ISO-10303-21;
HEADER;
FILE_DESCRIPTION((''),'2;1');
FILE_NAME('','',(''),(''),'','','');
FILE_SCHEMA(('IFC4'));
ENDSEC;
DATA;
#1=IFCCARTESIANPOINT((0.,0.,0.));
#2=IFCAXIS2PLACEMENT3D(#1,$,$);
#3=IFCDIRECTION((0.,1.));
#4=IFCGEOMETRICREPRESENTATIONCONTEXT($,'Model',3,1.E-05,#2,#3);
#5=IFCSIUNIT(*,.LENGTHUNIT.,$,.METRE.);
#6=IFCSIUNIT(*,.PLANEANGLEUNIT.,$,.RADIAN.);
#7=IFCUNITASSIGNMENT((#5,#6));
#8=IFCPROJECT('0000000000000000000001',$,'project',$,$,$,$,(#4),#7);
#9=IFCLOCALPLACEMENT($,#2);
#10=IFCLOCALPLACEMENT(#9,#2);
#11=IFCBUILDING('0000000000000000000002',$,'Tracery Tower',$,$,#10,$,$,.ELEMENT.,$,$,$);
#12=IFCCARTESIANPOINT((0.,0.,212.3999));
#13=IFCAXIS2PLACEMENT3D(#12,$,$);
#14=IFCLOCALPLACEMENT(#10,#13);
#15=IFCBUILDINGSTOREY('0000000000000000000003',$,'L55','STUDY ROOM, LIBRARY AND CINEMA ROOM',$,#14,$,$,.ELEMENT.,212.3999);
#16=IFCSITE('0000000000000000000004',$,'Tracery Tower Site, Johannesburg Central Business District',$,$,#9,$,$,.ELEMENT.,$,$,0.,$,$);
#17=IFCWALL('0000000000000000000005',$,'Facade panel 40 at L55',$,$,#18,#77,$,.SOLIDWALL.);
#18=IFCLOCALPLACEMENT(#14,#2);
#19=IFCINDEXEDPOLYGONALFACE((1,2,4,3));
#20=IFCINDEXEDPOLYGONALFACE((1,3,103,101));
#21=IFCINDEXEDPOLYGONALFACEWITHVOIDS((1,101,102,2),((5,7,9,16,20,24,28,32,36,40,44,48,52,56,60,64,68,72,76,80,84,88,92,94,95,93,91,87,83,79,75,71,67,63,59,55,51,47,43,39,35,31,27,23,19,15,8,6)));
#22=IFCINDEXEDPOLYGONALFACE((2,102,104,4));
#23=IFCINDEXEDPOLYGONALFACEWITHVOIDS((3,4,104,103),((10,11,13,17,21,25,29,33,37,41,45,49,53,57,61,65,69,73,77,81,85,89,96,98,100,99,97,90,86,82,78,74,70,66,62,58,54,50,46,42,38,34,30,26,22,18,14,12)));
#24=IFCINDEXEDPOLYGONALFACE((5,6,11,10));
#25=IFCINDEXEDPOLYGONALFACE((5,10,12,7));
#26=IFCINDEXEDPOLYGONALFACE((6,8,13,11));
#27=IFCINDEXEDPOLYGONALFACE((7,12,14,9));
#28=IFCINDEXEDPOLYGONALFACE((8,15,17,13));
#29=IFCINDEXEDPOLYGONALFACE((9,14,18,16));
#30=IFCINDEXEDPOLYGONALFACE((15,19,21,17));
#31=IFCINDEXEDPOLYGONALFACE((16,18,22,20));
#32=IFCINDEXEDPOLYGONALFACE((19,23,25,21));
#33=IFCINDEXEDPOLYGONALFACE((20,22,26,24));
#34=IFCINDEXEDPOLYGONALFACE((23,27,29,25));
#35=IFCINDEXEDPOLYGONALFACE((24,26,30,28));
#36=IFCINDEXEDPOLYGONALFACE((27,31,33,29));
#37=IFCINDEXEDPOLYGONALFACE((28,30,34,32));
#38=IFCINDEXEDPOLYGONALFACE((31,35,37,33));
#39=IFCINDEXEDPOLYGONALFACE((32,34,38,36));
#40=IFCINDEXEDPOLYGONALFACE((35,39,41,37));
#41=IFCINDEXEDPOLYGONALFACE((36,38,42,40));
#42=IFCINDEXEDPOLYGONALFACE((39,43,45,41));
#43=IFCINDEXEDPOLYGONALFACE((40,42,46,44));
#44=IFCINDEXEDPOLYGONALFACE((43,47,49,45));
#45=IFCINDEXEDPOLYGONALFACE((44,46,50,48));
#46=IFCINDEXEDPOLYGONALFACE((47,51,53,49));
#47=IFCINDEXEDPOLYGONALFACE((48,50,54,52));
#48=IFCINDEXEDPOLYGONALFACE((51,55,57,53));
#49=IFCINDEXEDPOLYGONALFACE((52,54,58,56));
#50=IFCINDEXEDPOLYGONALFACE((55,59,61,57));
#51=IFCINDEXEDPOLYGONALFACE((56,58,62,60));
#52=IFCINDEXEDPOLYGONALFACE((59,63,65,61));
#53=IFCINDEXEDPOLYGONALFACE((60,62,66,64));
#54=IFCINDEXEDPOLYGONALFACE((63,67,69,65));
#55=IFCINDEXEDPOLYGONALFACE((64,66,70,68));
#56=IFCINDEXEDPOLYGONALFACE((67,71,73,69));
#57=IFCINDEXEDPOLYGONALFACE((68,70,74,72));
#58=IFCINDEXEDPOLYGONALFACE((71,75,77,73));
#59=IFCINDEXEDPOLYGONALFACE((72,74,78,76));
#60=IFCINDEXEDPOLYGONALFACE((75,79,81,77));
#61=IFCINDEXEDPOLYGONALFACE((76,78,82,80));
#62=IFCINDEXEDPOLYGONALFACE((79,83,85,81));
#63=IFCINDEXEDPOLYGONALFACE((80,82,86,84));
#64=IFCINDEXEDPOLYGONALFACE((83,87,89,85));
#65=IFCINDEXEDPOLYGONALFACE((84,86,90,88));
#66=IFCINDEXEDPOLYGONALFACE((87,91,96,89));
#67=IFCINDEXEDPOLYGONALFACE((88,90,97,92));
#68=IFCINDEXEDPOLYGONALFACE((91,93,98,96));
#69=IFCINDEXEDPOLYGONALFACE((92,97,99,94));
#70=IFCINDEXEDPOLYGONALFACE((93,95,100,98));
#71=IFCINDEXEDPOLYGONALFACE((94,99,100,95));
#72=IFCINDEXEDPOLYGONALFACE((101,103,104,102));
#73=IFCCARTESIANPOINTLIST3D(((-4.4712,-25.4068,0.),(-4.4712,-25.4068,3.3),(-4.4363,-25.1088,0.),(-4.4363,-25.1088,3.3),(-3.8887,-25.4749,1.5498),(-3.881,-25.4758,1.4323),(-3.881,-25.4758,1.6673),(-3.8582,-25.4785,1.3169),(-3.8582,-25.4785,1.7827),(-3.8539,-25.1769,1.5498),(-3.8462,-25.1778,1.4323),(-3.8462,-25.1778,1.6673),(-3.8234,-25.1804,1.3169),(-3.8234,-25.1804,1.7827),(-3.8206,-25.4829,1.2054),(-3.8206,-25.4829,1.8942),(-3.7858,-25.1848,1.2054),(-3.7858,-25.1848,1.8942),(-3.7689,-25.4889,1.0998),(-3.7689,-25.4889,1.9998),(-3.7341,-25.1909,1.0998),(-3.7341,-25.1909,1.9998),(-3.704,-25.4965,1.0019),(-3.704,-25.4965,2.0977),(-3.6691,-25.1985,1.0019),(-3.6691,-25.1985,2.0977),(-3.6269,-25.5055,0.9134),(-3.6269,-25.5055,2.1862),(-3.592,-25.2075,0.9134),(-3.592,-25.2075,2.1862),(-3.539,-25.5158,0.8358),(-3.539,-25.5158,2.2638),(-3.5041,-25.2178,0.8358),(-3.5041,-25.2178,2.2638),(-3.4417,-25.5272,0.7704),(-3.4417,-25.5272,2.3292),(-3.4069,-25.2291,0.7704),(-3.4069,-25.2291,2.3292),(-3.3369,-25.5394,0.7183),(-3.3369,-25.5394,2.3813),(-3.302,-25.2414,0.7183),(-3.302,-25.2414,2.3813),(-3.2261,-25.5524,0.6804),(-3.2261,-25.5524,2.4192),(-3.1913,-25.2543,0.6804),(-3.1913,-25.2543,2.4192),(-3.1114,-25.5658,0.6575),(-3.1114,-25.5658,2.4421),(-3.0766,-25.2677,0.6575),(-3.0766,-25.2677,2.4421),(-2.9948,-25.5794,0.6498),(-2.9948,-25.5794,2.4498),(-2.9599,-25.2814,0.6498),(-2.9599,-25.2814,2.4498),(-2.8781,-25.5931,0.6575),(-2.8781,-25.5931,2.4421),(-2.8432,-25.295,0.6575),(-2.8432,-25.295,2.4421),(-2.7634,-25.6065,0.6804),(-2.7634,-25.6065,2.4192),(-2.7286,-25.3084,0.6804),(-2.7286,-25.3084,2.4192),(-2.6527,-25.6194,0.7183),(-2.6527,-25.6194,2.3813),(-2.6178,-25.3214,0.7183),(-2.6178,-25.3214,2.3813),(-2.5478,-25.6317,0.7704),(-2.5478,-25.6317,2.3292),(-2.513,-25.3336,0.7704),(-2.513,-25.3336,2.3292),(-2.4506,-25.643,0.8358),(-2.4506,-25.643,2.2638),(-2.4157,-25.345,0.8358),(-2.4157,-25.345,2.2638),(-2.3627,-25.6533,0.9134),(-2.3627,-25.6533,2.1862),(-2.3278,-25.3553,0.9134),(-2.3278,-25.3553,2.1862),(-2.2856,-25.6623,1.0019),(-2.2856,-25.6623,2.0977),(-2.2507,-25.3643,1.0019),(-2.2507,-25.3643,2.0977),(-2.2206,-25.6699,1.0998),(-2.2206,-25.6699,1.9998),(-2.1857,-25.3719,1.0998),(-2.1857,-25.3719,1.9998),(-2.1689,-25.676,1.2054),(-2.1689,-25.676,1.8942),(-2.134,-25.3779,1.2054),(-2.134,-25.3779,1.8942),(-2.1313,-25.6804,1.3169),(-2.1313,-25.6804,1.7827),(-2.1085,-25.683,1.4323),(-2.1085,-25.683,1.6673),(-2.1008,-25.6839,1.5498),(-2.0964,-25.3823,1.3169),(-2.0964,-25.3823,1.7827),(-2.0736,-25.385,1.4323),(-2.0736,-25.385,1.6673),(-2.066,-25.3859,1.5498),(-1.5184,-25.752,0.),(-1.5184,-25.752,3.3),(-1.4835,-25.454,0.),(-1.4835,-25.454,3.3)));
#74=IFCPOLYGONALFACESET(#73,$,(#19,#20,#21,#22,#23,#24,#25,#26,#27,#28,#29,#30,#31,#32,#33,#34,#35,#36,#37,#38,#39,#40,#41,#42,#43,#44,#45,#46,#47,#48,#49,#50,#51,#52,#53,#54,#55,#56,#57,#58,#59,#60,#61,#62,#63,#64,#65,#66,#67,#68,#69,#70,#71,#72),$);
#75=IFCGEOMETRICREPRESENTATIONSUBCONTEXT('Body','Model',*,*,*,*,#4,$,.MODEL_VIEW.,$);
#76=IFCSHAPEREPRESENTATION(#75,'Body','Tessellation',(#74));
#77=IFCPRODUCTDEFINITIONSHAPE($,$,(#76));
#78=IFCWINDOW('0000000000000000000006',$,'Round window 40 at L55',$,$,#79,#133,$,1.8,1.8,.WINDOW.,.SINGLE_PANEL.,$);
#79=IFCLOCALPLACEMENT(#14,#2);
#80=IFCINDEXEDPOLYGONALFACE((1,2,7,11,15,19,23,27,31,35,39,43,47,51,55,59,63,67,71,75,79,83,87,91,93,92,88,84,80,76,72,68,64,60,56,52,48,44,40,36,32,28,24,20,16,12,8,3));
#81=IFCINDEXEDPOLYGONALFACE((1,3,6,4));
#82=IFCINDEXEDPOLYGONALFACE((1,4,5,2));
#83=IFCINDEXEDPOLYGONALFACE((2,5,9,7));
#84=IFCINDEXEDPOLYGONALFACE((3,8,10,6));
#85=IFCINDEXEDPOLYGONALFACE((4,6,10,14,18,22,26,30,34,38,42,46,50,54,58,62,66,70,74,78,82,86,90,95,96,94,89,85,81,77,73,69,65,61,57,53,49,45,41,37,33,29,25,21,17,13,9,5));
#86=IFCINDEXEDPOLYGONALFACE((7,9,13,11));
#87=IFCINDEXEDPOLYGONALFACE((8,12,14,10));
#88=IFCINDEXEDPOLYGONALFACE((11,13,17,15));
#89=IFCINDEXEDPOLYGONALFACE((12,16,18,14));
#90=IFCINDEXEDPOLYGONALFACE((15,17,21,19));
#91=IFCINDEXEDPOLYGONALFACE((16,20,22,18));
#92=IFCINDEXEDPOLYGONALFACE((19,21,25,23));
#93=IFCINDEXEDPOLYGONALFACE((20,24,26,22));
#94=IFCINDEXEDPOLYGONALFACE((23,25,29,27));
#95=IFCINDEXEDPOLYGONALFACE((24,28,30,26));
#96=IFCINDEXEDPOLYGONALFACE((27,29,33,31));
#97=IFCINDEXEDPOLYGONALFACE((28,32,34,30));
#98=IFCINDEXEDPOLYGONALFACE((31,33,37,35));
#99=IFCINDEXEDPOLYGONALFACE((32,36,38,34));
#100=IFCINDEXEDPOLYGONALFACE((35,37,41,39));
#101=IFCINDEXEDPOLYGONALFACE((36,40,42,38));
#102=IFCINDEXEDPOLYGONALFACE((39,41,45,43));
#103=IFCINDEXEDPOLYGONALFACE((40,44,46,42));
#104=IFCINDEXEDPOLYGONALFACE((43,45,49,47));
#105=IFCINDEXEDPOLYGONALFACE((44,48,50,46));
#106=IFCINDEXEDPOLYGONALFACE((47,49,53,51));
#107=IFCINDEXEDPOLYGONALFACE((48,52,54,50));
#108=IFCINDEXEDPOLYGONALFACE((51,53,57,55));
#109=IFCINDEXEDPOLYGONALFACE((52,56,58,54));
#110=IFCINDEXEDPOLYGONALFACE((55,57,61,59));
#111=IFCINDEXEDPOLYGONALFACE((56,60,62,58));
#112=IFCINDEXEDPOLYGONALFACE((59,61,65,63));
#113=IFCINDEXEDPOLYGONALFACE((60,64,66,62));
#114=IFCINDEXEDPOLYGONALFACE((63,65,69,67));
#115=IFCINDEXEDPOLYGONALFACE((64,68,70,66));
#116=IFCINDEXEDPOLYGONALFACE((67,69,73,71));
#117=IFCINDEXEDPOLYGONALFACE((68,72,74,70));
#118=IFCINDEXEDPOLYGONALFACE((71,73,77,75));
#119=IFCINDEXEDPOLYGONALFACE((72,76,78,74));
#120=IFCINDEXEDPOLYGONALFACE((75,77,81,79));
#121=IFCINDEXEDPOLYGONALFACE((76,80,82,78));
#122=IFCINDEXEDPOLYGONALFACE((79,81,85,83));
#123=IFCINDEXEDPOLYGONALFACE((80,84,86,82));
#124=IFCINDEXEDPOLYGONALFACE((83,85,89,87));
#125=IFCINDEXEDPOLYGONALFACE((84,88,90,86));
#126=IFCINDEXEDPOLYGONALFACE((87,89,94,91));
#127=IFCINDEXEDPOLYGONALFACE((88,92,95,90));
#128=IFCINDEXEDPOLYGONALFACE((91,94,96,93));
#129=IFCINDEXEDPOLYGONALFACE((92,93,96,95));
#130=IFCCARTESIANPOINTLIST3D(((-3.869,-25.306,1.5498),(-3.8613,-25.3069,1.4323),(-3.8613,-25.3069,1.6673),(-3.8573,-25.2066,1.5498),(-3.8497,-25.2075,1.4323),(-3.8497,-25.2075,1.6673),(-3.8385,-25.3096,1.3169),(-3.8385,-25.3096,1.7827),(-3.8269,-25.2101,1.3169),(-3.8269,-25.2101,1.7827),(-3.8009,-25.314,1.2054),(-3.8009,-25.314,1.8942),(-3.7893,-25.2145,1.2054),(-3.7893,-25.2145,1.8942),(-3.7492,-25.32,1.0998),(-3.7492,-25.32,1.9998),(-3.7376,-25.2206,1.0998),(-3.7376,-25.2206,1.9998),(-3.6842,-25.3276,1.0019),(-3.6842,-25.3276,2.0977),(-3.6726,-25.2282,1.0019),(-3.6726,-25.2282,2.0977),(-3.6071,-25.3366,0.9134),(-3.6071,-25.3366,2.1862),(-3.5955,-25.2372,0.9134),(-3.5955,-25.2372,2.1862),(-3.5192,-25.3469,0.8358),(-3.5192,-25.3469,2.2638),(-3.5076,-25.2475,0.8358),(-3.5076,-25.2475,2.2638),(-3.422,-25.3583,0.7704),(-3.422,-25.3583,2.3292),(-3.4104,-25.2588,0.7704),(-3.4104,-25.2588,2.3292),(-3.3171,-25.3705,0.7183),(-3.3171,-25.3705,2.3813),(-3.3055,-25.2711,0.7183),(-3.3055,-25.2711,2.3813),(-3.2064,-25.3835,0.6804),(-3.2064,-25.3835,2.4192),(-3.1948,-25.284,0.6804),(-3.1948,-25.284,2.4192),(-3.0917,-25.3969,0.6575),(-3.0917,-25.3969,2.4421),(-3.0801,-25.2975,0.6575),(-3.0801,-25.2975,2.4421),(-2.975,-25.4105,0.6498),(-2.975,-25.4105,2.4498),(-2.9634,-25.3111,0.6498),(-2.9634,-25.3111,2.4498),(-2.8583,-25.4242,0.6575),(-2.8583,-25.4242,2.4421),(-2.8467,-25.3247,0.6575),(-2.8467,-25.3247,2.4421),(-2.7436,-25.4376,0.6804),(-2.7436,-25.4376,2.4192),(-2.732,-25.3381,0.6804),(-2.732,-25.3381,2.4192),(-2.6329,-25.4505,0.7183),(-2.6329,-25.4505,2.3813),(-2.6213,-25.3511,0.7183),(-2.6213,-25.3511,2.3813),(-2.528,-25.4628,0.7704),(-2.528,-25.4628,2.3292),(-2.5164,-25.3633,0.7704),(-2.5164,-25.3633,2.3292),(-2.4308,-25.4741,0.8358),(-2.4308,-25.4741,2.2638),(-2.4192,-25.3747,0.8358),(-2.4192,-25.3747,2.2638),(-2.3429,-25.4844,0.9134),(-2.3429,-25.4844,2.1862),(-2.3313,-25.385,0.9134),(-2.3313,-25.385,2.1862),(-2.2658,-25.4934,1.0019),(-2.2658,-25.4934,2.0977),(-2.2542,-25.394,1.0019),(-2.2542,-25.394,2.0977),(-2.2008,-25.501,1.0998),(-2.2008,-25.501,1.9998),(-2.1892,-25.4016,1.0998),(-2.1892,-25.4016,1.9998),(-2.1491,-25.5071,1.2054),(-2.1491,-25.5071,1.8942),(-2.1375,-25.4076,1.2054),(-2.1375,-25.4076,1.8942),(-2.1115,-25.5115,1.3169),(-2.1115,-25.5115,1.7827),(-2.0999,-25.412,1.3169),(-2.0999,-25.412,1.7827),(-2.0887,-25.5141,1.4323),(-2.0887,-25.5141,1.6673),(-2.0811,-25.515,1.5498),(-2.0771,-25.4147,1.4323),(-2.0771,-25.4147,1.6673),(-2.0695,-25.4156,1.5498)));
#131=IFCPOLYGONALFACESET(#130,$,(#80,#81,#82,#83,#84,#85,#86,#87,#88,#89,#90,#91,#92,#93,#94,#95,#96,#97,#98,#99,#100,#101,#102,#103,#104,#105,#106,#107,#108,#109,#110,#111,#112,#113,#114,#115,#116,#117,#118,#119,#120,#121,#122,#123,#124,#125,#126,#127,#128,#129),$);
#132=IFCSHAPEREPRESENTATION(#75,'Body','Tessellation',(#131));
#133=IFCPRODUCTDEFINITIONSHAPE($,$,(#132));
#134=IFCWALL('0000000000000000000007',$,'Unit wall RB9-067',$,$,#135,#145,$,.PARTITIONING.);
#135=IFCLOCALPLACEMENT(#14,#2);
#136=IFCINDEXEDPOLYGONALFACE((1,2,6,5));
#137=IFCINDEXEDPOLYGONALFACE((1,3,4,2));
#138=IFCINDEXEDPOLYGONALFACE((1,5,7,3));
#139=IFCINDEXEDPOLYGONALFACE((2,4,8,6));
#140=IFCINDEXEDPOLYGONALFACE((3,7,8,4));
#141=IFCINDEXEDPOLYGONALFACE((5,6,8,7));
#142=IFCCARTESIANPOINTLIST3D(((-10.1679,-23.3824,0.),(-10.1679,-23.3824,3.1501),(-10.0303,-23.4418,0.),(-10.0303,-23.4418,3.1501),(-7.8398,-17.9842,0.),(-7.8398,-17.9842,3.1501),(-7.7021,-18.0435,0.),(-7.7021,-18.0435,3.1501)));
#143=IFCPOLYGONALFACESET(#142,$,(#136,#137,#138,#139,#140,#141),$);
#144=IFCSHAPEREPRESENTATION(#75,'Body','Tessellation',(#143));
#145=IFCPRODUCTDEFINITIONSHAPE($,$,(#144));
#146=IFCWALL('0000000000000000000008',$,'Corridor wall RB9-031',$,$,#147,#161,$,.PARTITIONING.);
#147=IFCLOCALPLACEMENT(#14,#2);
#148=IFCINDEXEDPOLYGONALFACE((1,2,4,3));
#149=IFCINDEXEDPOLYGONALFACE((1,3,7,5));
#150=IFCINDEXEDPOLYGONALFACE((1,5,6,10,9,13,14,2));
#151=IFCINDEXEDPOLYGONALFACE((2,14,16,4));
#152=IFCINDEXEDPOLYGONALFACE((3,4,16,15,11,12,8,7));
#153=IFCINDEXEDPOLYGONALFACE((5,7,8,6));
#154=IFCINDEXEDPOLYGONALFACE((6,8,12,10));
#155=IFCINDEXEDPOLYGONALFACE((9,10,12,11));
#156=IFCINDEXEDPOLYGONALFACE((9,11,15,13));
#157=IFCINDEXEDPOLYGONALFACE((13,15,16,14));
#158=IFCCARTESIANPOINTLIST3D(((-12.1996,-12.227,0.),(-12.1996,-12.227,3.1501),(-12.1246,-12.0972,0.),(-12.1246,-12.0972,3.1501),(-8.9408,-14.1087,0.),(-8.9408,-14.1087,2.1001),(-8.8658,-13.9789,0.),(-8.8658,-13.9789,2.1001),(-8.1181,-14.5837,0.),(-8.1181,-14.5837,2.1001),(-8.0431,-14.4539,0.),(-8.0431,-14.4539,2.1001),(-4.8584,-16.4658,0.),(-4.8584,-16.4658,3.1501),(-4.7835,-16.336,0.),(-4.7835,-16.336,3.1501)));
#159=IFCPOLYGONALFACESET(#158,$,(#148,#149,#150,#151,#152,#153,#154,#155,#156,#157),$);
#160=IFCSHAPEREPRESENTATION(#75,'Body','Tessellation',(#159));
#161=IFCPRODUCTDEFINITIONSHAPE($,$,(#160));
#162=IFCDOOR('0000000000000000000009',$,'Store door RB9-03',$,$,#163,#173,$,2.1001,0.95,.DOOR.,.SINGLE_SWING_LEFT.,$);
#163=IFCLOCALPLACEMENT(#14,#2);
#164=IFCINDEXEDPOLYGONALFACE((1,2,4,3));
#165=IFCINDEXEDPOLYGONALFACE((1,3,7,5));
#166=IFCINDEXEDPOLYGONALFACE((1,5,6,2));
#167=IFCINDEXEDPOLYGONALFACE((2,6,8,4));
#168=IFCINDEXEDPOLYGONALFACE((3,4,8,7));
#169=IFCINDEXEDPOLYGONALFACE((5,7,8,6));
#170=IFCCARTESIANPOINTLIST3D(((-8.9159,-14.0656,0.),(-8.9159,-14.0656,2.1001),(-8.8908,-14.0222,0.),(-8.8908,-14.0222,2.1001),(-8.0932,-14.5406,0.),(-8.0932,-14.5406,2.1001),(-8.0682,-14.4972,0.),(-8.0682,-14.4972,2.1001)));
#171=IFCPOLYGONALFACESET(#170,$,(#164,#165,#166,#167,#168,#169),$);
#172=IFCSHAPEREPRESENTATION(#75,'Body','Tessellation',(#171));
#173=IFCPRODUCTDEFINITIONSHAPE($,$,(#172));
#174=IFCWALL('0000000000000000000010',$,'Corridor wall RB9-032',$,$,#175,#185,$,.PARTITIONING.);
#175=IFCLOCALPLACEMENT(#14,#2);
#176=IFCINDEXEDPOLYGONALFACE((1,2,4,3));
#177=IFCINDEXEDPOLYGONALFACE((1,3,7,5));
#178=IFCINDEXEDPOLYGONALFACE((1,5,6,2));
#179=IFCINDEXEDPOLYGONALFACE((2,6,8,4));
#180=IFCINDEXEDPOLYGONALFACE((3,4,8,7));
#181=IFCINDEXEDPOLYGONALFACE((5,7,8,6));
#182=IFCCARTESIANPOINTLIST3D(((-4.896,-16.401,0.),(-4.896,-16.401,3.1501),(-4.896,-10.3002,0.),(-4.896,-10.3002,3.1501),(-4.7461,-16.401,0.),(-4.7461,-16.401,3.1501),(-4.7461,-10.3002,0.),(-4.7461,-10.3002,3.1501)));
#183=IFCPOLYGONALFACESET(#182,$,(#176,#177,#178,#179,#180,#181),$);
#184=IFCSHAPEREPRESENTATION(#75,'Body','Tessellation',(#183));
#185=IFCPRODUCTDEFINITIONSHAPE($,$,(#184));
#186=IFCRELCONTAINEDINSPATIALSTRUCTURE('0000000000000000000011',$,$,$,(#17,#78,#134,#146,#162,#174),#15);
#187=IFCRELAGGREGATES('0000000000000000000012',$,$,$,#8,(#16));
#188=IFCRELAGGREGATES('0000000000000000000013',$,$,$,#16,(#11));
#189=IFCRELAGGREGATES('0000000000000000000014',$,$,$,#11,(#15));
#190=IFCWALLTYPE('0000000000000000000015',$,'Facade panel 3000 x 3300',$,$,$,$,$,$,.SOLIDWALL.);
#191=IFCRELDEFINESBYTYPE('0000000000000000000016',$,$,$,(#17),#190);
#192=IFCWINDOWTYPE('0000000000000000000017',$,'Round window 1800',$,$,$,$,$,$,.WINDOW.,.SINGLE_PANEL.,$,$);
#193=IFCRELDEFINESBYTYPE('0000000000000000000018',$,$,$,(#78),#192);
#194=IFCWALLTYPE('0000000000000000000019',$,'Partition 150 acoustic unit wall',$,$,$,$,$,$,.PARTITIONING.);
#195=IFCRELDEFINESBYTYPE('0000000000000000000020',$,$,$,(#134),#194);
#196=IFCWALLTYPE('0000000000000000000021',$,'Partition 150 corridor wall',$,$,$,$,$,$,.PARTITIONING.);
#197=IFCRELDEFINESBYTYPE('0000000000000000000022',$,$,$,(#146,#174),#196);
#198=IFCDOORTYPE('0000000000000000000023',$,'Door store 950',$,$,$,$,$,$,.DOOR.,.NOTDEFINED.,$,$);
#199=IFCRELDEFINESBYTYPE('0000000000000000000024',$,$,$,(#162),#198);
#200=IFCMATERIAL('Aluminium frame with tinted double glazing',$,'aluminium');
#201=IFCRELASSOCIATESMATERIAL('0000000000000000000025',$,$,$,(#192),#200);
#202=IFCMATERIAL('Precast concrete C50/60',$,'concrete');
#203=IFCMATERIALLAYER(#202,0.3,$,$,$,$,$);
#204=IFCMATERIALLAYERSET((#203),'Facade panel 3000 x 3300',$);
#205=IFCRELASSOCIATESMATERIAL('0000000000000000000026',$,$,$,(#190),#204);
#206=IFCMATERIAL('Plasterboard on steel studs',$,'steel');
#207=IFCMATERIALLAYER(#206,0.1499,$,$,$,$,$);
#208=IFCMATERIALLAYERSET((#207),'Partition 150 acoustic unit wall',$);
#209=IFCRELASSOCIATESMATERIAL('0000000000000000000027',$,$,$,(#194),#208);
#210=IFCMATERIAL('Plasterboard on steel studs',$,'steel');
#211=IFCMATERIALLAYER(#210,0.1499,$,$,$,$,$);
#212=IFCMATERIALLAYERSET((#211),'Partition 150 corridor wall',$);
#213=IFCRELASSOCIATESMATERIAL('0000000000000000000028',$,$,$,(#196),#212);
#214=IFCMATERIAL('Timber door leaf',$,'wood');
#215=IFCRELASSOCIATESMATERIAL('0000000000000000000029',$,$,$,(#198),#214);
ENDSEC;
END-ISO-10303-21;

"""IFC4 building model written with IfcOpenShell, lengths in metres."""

from ifc_helpers import new_model, si_unit, direction, frame, frame_2d, origin, origin_2d, place, context, subcontext, project, spatial, rectangle, circle, extrude, material, layer, layer_set, type_object, element, fill, save


model = new_model("IFC4")

# Units and contexts
model_context = context("Model", 3, precision=1e-05, world=origin(), true_north=direction((0.0, 1.0)))
body_context = subcontext(model_context, "Body", "Model", "MODEL_VIEW")
ifc_project = project(units=[si_unit("LENGTHUNIT", "METRE"), si_unit("PLANEANGLEUNIT", "RADIAN")], contexts=[model_context])

# Site, building, storey
site_placement = place(None, origin())
site = spatial("IfcSite", under=ifc_project, at=site_placement, Name="Tracery Tower Site, Johannesburg Central Business District", CompositionType="ELEMENT", RefElevation=0.0)
building_placement = place(site_placement, origin())
building = spatial("IfcBuilding", under=site, at=building_placement, Name="Tracery Tower", CompositionType="ELEMENT")
storey_placement = place(building_placement, frame((0.0, 0.0, 212.3999)))
storey = spatial("IfcBuildingStorey", under=building, at=storey_placement, Name="L55", Description="STUDY ROOM, LIBRARY AND CINEMA ROOM", CompositionType="ELEMENT", Elevation=212.3999)

# Wall, opening, window
ifc_material_1 = material(Name="Aluminium frame with tinted double glazing", Category="aluminium")
window_type = type_object("IfcWindowType", Name="Round window 1800", PartitioningType="SINGLE_PANEL", PredefinedType="WINDOW", material=ifc_material_1)
ifc_material_2 = material(Name="Precast concrete C50/60", Category="concrete")
ifc_layer_1 = layer(ifc_material_2, 0.3)
ifc_layer_set_1 = layer_set([ifc_layer_1], Name="Facade panel 3000 x 3300")
wall_type_1 = type_object("IfcWallType", Name="Facade panel 3000 x 3300", PredefinedType="SOLIDWALL", material=ifc_layer_set_1)
wall_1_placement = place(storey_placement, frame((-4.4536, -25.2578, 0.0), z_axis=(0.0, 0.0, 1.0), x_axis=(0.993236, -0.116117, 0.0)))
wall_1 = element("IfcWall", 1, at=wall_1_placement, inside=storey, type_object=wall_type_1, Name="Facade panel 40 at L55", PredefinedType="SOLIDWALL", context=body_context, shape_type="SweptSolid", body=[
    extrude(rectangle(XDim=2.9729, YDim=0.3, at=frame_2d((1.4863, 0.0))), origin(), (0.0, 0.0, 1.0), 3.3),
])
opening_1_placement = place(wall_1_placement, frame((1.4863, 0.0, 1.5498)))
opening_1 = element("IfcOpeningElement", 2, at=opening_1_placement, cuts=wall_1, PredefinedType="OPENING", context=body_context, shape_type="SweptSolid", body=[
    extrude(circle(Radius=0.9, at=origin_2d()), frame((0.0, 0.1599, 0.0), z_axis=(0.0, -1.0, 0.0), x_axis=(1.0, 0.0, 0.0)), (0.0, 0.0, 1.0), 0.3201),
])
window_1_placement = place(opening_1_placement, origin())
window_1 = element("IfcWindow", 3, at=window_1_placement, inside=storey, type_object=window_type, Name="Round window 40 at L55", OverallHeight=1.8, OverallWidth=1.8, PartitioningType="SINGLE_PANEL", PredefinedType="WINDOW", context=body_context, shape_type="SweptSolid", body=[
    extrude(circle(Radius=0.9, at=origin_2d()), frame((0.0, 0.1201, 0.0), z_axis=(0.0, -1.0, 0.0), x_axis=(1.0, 0.0, 0.0)), (0.0, 0.0, 1.0), 0.1001),
])
fill(opening_1, window_1)

# Wall
ifc_material_3 = material(Name="Plasterboard on steel studs", Category="steel")
ifc_layer_2 = layer(ifc_material_3, 0.1499)
ifc_layer_set_2 = layer_set([ifc_layer_2], Name="Partition 150 acoustic unit wall")
wall_type_2 = type_object("IfcWallType", Name="Partition 150 acoustic unit wall", PredefinedType="PARTITIONING", material=ifc_layer_set_2)
wall_2_placement = place(storey_placement, frame((-10.0991, -23.4121, 0.0), z_axis=(0.0, 0.0, 1.0), x_axis=(0.396018, 0.918243, 0.0)))
element("IfcWall", 4, at=wall_2_placement, inside=storey, type_object=wall_type_2, Name="Unit wall RB9-067", PredefinedType="PARTITIONING", context=body_context, shape_type="SweptSolid", body=[
    extrude(rectangle(XDim=5.8789, YDim=0.1499, at=frame_2d((2.9395, 0.0))), origin(), (0.0, 0.0, 1.0), 3.1501),
])

# Wall, opening, door
ifc_material_4 = material(Name="Plasterboard on steel studs", Category="steel")
ifc_layer_3 = layer(ifc_material_4, 0.1499)
ifc_layer_set_3 = layer_set([ifc_layer_3], Name="Partition 150 corridor wall")
wall_type_3 = type_object("IfcWallType", Name="Partition 150 corridor wall", PredefinedType="PARTITIONING", material=ifc_layer_set_3)
wall_3_placement = place(storey_placement, frame((-12.1621, -12.1621, 0.0), z_axis=(0.0, 0.0, 1.0), x_axis=(0.866005, -0.500036, 0.0)))
wall_3 = element("IfcWall", 5, at=wall_3_placement, inside=storey, type_object=wall_type_3, Name="Corridor wall RB9-031", PredefinedType="PARTITIONING", context=body_context, shape_type="SweptSolid", body=[
    extrude(rectangle(XDim=8.4771, YDim=0.1499, at=frame_2d((4.2385, 0.0))), origin(), (0.0, 0.0, 1.0), 3.1501),
])
opening_2_placement = place(wall_3_placement, frame((3.7629, 0.0, 0.0)))
opening_2 = element("IfcOpeningElement", 6, at=opening_2_placement, cuts=wall_3, PredefinedType="OPENING", context=body_context, shape_type="SweptSolid", body=[
    extrude(rectangle(XDim=0.95, YDim=2.1001, at=frame_2d((0.4751, 1.05))), frame((0.0, 0.075, 0.0), z_axis=(0.0, -1.0, 0.0), x_axis=(1.0, 0.0, 0.0)), (0.0, 0.0, 1.0), 0.1499),
])
ifc_material_5 = material(Name="Timber door leaf", Category="wood")
door_type_1 = type_object("IfcDoorType", Name="Door store 950", OperationType="NOTDEFINED", PredefinedType="DOOR", material=ifc_material_5)
door_1_placement = place(opening_2_placement, origin())
door_1 = element("IfcDoor", 7, at=door_1_placement, inside=storey, type_object=door_type_1, Name="Store door RB9-03", OperationType="SINGLE_SWING_LEFT", OverallHeight=2.1001, OverallWidth=0.95, PredefinedType="DOOR", context=body_context, shape_type="SweptSolid", body=[
    extrude(rectangle(XDim=0.95, YDim=2.1001, at=frame_2d((0.4751, 1.05))), frame((0.0, 0.0249, 0.0), z_axis=(0.0, -1.0, 0.0), x_axis=(1.0, 0.0, 0.0)), (0.0, 0.0, 1.0), 0.05),
])
fill(opening_2, door_1)

# Wall
wall_4_placement = place(storey_placement, frame((-4.821, -16.4009, 0.0), z_axis=(0.0, 0.0, 1.0), x_axis=(0.0, 1.0, 0.0)))
element("IfcWall", 8, at=wall_4_placement, inside=storey, type_object=wall_type_3, Name="Corridor wall RB9-032", PredefinedType="PARTITIONING", context=body_context, shape_type="SweptSolid", body=[
    extrude(rectangle(XDim=6.1008, YDim=0.1499, at=frame_2d((3.0503, 0.0))), origin(), (0.0, 0.0, 1.0), 3.1501),
])

save(model, "model.ifc")
